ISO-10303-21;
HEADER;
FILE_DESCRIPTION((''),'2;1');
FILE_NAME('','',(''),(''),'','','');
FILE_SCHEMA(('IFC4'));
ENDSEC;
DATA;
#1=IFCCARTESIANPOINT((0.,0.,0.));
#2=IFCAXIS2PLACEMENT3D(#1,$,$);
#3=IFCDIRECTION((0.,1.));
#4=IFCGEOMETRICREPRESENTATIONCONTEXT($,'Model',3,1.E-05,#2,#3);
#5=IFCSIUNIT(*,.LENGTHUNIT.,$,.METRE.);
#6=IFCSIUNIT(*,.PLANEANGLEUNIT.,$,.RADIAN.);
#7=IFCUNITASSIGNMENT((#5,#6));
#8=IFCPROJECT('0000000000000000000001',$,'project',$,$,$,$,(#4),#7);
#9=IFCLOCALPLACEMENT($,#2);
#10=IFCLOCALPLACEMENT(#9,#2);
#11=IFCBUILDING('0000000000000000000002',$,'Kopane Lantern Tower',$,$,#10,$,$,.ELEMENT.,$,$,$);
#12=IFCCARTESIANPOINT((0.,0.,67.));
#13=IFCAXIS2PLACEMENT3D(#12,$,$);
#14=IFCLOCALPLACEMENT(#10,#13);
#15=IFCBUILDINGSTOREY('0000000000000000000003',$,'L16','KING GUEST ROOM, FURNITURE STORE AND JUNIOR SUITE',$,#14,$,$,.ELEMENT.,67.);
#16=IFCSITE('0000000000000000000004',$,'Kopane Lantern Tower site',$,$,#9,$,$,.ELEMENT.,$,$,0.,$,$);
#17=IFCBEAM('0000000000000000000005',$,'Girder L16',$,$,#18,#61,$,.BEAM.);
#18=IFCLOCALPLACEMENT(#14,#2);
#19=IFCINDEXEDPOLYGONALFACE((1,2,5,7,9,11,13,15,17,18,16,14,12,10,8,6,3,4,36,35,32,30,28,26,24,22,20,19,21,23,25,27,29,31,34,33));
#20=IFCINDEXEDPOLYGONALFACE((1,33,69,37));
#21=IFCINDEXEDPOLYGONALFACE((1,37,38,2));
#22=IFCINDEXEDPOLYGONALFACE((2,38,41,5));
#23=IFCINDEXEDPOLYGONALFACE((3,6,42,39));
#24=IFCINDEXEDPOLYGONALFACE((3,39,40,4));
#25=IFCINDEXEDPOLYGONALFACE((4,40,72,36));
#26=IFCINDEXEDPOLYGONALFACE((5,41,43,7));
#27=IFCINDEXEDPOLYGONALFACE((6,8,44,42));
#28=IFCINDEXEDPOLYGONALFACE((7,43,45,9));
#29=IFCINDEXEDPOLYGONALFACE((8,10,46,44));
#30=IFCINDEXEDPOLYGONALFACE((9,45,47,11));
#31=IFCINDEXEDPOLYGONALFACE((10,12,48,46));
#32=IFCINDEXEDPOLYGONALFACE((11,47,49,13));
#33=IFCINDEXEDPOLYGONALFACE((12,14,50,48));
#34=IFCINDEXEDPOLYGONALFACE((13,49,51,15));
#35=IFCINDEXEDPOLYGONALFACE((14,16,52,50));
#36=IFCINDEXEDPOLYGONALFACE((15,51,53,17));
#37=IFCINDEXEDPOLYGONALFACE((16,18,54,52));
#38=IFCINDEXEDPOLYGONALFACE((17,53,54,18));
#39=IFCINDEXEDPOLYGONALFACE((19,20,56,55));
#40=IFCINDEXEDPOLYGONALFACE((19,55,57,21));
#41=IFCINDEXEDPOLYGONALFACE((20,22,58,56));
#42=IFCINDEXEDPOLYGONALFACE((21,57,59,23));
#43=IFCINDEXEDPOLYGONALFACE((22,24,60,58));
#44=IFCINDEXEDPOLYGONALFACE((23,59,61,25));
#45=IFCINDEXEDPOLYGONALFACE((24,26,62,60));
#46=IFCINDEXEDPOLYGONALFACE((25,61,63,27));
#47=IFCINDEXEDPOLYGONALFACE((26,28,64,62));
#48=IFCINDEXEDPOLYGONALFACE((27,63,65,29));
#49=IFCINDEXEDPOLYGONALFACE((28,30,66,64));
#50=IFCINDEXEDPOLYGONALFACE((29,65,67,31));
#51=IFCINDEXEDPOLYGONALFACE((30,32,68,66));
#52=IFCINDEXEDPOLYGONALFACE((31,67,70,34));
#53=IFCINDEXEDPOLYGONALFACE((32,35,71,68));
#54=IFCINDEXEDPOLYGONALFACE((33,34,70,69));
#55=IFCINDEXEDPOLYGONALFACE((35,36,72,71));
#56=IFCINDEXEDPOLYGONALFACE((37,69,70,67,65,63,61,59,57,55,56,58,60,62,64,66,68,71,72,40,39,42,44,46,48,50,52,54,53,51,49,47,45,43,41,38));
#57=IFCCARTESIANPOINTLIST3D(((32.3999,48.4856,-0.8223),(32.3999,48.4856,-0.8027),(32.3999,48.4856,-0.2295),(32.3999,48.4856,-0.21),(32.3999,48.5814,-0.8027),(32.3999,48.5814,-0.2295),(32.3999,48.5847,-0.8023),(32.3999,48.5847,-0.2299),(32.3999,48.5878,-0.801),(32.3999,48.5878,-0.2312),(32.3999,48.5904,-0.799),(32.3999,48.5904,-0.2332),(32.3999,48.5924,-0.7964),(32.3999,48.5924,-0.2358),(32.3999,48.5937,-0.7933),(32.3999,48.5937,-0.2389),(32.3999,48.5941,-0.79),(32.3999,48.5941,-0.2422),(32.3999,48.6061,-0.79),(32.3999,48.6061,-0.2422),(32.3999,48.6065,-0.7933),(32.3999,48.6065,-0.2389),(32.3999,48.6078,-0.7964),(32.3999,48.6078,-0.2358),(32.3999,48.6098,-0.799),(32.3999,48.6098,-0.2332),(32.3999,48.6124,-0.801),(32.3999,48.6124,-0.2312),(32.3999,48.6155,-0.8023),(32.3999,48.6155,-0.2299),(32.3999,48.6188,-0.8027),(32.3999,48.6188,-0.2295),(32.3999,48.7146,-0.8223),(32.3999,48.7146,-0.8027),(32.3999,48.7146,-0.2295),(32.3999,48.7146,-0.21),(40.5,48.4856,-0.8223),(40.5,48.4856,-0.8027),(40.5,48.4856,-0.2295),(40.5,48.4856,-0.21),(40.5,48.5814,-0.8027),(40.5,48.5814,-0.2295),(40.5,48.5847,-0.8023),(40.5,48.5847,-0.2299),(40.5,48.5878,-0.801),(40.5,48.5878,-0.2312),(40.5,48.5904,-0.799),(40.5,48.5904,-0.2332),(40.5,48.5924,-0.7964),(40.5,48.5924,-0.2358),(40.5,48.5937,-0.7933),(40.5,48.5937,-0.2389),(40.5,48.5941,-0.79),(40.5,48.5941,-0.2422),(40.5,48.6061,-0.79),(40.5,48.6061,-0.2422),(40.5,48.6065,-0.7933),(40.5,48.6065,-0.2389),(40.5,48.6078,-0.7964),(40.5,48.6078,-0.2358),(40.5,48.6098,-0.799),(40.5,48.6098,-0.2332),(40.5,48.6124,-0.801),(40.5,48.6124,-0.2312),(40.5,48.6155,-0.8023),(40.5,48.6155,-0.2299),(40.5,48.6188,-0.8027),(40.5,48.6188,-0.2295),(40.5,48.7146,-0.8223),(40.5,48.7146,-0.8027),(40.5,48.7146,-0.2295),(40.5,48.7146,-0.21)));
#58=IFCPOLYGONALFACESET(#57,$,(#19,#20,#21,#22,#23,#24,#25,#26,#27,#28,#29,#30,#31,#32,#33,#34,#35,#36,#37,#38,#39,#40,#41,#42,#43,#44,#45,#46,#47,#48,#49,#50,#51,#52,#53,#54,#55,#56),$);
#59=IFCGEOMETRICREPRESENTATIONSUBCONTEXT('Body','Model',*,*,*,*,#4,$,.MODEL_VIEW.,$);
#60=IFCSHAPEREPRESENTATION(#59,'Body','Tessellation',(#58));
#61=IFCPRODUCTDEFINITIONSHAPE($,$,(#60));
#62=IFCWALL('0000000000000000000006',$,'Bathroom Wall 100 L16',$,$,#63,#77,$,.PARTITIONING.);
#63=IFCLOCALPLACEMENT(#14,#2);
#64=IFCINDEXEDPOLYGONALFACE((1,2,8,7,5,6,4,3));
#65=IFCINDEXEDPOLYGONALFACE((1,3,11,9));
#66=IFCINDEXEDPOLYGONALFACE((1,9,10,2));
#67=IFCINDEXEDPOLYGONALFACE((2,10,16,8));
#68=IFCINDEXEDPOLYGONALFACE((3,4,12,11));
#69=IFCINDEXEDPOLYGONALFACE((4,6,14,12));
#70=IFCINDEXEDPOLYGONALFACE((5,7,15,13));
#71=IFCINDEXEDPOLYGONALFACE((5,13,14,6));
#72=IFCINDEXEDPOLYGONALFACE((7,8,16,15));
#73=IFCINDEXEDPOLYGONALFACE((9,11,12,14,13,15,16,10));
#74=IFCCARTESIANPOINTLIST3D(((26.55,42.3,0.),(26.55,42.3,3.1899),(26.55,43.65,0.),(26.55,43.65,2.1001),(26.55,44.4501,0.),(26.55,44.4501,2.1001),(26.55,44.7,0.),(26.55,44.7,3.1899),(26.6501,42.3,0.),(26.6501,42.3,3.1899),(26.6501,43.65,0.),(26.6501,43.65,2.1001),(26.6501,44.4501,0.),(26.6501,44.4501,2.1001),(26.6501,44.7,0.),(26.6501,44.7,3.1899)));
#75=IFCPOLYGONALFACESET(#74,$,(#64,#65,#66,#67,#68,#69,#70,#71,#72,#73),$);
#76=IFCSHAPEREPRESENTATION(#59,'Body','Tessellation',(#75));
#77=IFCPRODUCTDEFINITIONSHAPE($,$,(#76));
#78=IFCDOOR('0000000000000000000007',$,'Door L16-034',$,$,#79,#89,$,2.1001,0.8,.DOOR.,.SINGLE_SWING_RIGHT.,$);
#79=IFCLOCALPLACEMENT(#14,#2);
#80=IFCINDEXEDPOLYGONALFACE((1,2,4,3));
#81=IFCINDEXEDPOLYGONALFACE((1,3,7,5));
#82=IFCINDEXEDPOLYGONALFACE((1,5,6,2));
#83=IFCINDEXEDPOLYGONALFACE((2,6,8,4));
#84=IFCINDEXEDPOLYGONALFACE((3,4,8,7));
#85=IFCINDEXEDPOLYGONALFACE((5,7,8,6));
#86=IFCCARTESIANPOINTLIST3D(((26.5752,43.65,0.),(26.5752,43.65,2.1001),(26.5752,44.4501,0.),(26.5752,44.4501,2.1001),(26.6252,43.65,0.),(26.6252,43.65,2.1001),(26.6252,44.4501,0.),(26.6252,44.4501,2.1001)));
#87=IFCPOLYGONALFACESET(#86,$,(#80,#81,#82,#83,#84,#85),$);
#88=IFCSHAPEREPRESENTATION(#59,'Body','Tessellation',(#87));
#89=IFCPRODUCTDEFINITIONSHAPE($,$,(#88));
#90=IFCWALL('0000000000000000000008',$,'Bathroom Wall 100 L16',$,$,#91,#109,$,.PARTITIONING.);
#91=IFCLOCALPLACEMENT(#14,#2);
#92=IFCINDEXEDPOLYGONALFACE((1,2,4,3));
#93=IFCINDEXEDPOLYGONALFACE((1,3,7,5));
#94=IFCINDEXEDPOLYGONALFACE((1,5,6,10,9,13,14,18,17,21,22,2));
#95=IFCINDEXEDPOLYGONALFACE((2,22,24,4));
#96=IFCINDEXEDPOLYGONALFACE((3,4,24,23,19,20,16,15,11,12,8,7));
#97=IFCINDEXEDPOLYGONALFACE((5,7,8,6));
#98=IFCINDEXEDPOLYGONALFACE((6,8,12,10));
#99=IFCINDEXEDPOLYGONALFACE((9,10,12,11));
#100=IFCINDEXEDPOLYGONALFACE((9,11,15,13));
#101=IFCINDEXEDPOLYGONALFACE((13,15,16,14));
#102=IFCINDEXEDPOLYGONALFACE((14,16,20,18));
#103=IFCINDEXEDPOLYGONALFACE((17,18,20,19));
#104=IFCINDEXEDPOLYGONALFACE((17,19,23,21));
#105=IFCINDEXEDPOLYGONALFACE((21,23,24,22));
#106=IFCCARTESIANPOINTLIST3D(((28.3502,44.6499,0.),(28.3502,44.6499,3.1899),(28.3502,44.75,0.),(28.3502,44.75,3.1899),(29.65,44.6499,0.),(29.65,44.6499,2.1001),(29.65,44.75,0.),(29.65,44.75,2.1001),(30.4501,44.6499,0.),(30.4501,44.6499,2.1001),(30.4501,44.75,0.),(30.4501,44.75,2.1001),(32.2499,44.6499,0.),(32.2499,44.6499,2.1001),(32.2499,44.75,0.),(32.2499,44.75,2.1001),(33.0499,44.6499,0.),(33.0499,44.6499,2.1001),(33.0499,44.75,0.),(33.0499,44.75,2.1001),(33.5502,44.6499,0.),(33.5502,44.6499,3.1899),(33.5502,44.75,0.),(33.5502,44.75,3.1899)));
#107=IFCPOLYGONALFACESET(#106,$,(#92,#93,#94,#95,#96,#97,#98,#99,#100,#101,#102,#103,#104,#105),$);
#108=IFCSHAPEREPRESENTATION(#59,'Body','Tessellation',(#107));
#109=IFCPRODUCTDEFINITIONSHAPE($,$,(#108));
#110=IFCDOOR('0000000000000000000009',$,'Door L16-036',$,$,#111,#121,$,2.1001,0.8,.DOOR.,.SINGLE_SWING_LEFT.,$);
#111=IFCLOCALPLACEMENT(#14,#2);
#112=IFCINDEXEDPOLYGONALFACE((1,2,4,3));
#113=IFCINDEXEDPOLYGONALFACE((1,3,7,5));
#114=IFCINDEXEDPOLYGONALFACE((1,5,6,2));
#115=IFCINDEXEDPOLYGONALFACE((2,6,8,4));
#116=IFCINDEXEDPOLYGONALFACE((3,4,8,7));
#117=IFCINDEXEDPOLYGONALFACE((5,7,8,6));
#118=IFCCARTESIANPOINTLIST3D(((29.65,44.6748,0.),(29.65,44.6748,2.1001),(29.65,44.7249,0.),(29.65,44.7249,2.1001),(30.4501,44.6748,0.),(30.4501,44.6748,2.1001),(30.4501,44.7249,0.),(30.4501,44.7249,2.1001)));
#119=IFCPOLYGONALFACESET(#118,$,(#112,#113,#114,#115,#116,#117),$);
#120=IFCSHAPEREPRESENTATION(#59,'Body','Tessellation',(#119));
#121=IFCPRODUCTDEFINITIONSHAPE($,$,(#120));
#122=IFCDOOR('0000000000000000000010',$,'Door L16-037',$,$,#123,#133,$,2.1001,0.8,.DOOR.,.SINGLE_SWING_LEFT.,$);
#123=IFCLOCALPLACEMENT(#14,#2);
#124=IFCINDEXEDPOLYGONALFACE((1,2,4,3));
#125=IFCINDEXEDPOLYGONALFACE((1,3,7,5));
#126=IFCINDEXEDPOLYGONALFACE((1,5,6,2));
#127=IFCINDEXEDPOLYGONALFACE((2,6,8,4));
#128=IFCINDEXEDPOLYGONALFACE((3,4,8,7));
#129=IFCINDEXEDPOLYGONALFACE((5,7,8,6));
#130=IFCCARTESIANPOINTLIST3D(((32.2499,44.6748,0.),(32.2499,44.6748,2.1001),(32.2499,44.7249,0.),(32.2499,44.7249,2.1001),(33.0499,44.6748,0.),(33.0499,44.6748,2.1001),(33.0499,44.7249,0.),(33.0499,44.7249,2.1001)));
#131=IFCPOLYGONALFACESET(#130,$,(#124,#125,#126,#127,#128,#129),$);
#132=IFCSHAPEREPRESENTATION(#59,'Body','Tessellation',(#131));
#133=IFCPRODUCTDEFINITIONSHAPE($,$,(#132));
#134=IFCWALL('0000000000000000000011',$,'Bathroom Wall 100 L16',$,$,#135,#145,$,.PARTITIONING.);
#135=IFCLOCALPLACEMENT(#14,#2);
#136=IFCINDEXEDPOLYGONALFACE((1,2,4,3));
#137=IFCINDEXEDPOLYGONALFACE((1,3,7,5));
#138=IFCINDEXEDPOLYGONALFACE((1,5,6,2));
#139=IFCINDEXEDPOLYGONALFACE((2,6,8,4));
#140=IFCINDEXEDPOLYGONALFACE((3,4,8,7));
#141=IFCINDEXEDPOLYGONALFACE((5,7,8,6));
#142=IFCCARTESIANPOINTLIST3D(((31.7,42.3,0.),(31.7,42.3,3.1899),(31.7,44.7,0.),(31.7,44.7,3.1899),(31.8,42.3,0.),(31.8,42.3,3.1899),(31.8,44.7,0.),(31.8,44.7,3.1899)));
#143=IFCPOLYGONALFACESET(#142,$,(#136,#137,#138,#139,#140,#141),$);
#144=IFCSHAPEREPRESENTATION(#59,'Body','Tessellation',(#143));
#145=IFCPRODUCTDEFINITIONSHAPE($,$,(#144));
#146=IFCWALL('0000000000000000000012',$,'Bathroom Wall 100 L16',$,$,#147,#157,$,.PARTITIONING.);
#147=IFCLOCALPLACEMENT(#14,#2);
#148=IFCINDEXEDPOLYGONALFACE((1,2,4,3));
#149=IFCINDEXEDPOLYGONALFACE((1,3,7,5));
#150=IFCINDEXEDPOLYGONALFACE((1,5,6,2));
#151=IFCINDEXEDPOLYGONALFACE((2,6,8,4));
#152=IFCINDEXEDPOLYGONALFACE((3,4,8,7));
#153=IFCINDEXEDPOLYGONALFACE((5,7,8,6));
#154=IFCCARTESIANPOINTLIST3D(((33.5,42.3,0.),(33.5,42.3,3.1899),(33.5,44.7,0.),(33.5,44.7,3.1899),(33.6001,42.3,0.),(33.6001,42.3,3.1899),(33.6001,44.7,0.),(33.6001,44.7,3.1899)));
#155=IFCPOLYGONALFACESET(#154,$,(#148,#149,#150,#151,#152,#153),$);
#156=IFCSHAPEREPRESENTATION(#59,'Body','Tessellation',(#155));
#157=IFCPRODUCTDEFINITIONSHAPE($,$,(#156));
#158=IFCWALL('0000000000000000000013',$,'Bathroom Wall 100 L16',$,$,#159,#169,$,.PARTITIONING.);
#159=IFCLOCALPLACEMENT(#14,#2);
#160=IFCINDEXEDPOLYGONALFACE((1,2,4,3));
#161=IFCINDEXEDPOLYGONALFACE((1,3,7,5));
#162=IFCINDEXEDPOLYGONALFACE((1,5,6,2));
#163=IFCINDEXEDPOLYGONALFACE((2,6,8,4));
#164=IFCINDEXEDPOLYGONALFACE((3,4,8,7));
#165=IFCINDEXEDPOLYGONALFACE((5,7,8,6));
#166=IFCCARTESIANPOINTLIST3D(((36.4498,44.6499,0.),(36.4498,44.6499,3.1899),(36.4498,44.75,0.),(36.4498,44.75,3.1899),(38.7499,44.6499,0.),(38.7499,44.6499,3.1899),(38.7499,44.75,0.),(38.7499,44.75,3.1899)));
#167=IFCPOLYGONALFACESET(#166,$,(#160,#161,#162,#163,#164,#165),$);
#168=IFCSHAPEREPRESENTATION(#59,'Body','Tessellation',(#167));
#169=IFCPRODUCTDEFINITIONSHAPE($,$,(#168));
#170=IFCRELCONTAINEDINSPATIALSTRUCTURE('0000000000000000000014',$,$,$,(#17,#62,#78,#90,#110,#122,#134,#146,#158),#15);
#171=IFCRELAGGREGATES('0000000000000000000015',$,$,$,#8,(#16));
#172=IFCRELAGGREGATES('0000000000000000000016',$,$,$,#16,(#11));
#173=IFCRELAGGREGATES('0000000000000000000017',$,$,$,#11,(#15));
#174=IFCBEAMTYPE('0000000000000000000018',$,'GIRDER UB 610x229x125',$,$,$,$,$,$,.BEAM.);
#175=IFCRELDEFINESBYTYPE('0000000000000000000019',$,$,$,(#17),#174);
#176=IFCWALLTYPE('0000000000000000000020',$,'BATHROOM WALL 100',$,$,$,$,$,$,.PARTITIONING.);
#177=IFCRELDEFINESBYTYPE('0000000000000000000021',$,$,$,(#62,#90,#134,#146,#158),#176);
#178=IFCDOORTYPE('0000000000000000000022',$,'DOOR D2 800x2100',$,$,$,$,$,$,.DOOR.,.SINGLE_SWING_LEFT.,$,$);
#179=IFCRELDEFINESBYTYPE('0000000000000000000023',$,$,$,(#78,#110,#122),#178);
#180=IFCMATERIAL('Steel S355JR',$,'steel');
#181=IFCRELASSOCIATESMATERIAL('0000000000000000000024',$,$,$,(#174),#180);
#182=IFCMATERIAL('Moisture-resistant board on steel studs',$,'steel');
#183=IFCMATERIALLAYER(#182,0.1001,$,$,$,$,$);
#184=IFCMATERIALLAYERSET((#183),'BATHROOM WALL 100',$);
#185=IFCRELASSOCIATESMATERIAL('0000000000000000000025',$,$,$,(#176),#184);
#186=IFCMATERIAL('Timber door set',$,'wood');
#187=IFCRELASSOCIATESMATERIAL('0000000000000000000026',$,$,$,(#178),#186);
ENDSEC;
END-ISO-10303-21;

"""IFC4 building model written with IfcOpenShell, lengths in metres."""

from ifc_helpers import new_model, si_unit, direction, frame, frame_2d, origin, origin_2d, place, context, subcontext, project, spatial, rectangle, i_section, extrude, material, layer, layer_set, material_profile, profile_set, type_object, element, fill, save


model = new_model("IFC4")

# Units and contexts
model_context = context("Model", 3, precision=1e-05, world=origin(), true_north=direction((0.0, 1.0)))
body_context = subcontext(model_context, "Body", "Model", "MODEL_VIEW")
ifc_project = project(units=[si_unit("LENGTHUNIT", "METRE"), si_unit("PLANEANGLEUNIT", "RADIAN")], contexts=[model_context])

# Site, building, storey
site_placement = place(None, origin())
site = spatial("IfcSite", under=ifc_project, at=site_placement, Name="Kopane Lantern Tower site", CompositionType="ELEMENT", RefElevation=0.0)
building_placement = place(site_placement, origin())
building = spatial("IfcBuilding", under=site, at=building_placement, Name="Kopane Lantern Tower", CompositionType="ELEMENT")
storey_placement = place(building_placement, frame((0.0, 0.0, 67.0)))
storey = spatial("IfcBuildingStorey", under=building, at=storey_placement, Name="L16", Description="KING GUEST ROOM, FURNITURE STORE AND JUNIOR SUITE", CompositionType="ELEMENT", Elevation=67.0)

# Beam
ifc_material_1 = material(Name="Steel S355JR", Category="steel")
ifc_material_profile_1 = material_profile(ifc_material_1, i_section(OverallWidth=0.229, OverallDepth=0.6123, WebThickness=0.012, FlangeThickness=0.0195, FilletRadius=0.0127, at=origin_2d()), Name="UB 610x229x125")
ifc_profile_set_1 = profile_set([ifc_material_profile_1], Name="Steel S355JR")
beam_type = type_object("IfcBeamType", Name="GIRDER UB 610x229x125", PredefinedType="BEAM", material=ifc_profile_set_1)
for number, where, z_axis, x_axis, name in (
    (1, (32.3999, 48.6001, -0.5161), (1.0, 0.0, 0.0), (0.0, 1.0, 0.0), "Girder L16"),
):
    element("IfcBeam", number, at=place(storey_placement, frame(where, z_axis=z_axis, x_axis=x_axis)), inside=storey, type_object=beam_type, Name=name, PredefinedType="BEAM", context=body_context, shape_type="SweptSolid", body=[
        extrude(i_section(OverallWidth=0.229, OverallDepth=0.6123, WebThickness=0.012, FlangeThickness=0.0195, FilletRadius=0.0127, at=origin_2d()), origin(), (0.0, 0.0, 1.0), 8.1001),
    ])

# Wall, opening, door
ifc_material_2 = material(Name="Moisture-resistant board on steel studs", Category="steel")
ifc_layer_1 = layer(ifc_material_2, 0.1001)
ifc_layer_set_1 = layer_set([ifc_layer_1], Name="BATHROOM WALL 100")
wall_type_1 = type_object("IfcWallType", Name="BATHROOM WALL 100", PredefinedType="PARTITIONING", material=ifc_layer_set_1)
wall_1_placement = place(storey_placement, frame((26.6001, 42.3, 0.0), z_axis=(0.0, 0.0, 1.0), x_axis=(0.0, 1.0, 0.0)))
wall_1 = element("IfcWall", 2, at=wall_1_placement, inside=storey, type_object=wall_type_1, Name="Bathroom Wall 100 L16", PredefinedType="PARTITIONING", context=body_context, shape_type="SweptSolid", body=[
    extrude(rectangle(XDim=2.3999, YDim=0.1001, at=frame_2d((1.2, 0.0))), origin(), (0.0, 0.0, 1.0), 3.1899),
])
opening_1_placement = place(wall_1_placement, frame((1.3501, 0.0, 0.0)))
opening_1 = element("IfcOpeningElement", 3, at=opening_1_placement, cuts=wall_1, PredefinedType="OPENING", context=body_context, shape_type="SweptSolid", body=[
    extrude(rectangle(XDim=0.8, YDim=2.1001, at=frame_2d((0.3999, 1.05))), frame((0.0, 0.0601, 0.0), z_axis=(0.0, -1.0, 0.0), x_axis=(1.0, 0.0, 0.0)), (0.0, 0.0, 1.0), 0.1201),
])
ifc_material_3 = material(Name="Timber door set", Category="wood")
door_type_1 = type_object("IfcDoorType", Name="DOOR D2 800x2100", OperationType="SINGLE_SWING_LEFT", PredefinedType="DOOR", material=ifc_material_3)
door_1_placement = place(opening_1_placement, origin())
door_1 = element("IfcDoor", 4, at=door_1_placement, inside=storey, type_object=door_type_1, Name="Door L16-034", OperationType="SINGLE_SWING_RIGHT", OverallHeight=2.1001, OverallWidth=0.8, PredefinedType="DOOR", context=body_context, shape_type="SweptSolid", body=[
    extrude(rectangle(XDim=0.8, YDim=2.1001, at=frame_2d((0.3999, 1.05))), frame((0.0, 0.0249, 0.0), z_axis=(0.0, -1.0, 0.0), x_axis=(1.0, 0.0, 0.0)), (0.0, 0.0, 1.0), 0.05),
])
fill(opening_1, door_1)

# Wall, openings, doors
wall_2_placement = place(storey_placement, frame((28.3501, 44.7, 0.0), z_axis=(0.0, 0.0, 1.0), x_axis=(1.0, 0.0, 0.0)))
wall_2 = element("IfcWall", 5, at=wall_2_placement, inside=storey, type_object=wall_type_1, Name="Bathroom Wall 100 L16", PredefinedType="PARTITIONING", context=body_context, shape_type="SweptSolid", body=[
    extrude(rectangle(XDim=5.2, YDim=0.1001, at=frame_2d((2.6001, 0.0))), origin(), (0.0, 0.0, 1.0), 3.1899),
])
opening_2_placement = place(wall_2_placement, frame((1.3, 0.0, 0.0)))
opening_2 = element("IfcOpeningElement", 6, at=opening_2_placement, cuts=wall_2, PredefinedType="OPENING", context=body_context, shape_type="SweptSolid", body=[
    extrude(rectangle(XDim=0.8, YDim=2.1001, at=frame_2d((0.3999, 1.05))), frame((0.0, 0.0601, 0.0), z_axis=(0.0, -1.0, 0.0), x_axis=(1.0, 0.0, 0.0)), (0.0, 0.0, 1.0), 0.1201),
])
opening_3_placement = place(wall_2_placement, frame((3.8999, 0.0, 0.0)))
opening_3 = element("IfcOpeningElement", 7, at=opening_3_placement, cuts=wall_2, PredefinedType="OPENING", context=body_context, shape_type="SweptSolid", body=[
    extrude(rectangle(XDim=0.8, YDim=2.1001, at=frame_2d((0.3999, 1.05))), frame((0.0, 0.0601, 0.0), z_axis=(0.0, -1.0, 0.0), x_axis=(1.0, 0.0, 0.0)), (0.0, 0.0, 1.0), 0.1201),
])
door_2_placement = place(opening_2_placement, origin())
door_2 = element("IfcDoor", 8, at=door_2_placement, inside=storey, type_object=door_type_1, Name="Door L16-036", OperationType="SINGLE_SWING_LEFT", OverallHeight=2.1001, OverallWidth=0.8, PredefinedType="DOOR", context=body_context, shape_type="SweptSolid", body=[
    extrude(rectangle(XDim=0.8, YDim=2.1001, at=frame_2d((0.3999, 1.05))), frame((0.0, 0.0249, 0.0), z_axis=(0.0, -1.0, 0.0), x_axis=(1.0, 0.0, 0.0)), (0.0, 0.0, 1.0), 0.05),
])
fill(opening_2, door_2)
door_3_placement = place(opening_3_placement, origin())
door_3 = element("IfcDoor", 9, at=door_3_placement, inside=storey, type_object=door_type_1, Name="Door L16-037", OperationType="SINGLE_SWING_LEFT", OverallHeight=2.1001, OverallWidth=0.8, PredefinedType="DOOR", context=body_context, shape_type="SweptSolid", body=[
    extrude(rectangle(XDim=0.8, YDim=2.1001, at=frame_2d((0.3999, 1.05))), frame((0.0, 0.0249, 0.0), z_axis=(0.0, -1.0, 0.0), x_axis=(1.0, 0.0, 0.0)), (0.0, 0.0, 1.0), 0.05),
])
fill(opening_3, door_3)

# Walls
for number, where, z_axis, x_axis, name in (
    (10, (31.75, 42.3, 0.0), (0.0, 0.0, 1.0), (0.0, 1.0, 0.0), "Bathroom Wall 100 L16"),
    (11, (33.55, 42.3, 0.0), (0.0, 0.0, 1.0), (0.0, 1.0, 0.0), "Bathroom Wall 100 L16"),
):
    element("IfcWall", number, at=place(storey_placement, frame(where, z_axis=z_axis, x_axis=x_axis)), inside=storey, type_object=wall_type_1, Name=name, PredefinedType="PARTITIONING", context=body_context, shape_type="SweptSolid", body=[
        extrude(rectangle(XDim=2.3999, YDim=0.1001, at=frame_2d((1.2, 0.0))), origin(), (0.0, 0.0, 1.0), 3.1899),
    ])
wall_3_placement = place(storey_placement, frame((36.45, 44.7, 0.0), z_axis=(0.0, 0.0, 1.0), x_axis=(1.0, 0.0, 0.0)))
element("IfcWall", 12, at=wall_3_placement, inside=storey, type_object=wall_type_1, Name="Bathroom Wall 100 L16", PredefinedType="PARTITIONING", context=body_context, shape_type="SweptSolid", body=[
    extrude(rectangle(XDim=2.3, YDim=0.1001, at=frame_2d((1.1499, 0.0))), origin(), (0.0, 0.0, 1.0), 3.1899),
])

save(model, "model.ifc")
